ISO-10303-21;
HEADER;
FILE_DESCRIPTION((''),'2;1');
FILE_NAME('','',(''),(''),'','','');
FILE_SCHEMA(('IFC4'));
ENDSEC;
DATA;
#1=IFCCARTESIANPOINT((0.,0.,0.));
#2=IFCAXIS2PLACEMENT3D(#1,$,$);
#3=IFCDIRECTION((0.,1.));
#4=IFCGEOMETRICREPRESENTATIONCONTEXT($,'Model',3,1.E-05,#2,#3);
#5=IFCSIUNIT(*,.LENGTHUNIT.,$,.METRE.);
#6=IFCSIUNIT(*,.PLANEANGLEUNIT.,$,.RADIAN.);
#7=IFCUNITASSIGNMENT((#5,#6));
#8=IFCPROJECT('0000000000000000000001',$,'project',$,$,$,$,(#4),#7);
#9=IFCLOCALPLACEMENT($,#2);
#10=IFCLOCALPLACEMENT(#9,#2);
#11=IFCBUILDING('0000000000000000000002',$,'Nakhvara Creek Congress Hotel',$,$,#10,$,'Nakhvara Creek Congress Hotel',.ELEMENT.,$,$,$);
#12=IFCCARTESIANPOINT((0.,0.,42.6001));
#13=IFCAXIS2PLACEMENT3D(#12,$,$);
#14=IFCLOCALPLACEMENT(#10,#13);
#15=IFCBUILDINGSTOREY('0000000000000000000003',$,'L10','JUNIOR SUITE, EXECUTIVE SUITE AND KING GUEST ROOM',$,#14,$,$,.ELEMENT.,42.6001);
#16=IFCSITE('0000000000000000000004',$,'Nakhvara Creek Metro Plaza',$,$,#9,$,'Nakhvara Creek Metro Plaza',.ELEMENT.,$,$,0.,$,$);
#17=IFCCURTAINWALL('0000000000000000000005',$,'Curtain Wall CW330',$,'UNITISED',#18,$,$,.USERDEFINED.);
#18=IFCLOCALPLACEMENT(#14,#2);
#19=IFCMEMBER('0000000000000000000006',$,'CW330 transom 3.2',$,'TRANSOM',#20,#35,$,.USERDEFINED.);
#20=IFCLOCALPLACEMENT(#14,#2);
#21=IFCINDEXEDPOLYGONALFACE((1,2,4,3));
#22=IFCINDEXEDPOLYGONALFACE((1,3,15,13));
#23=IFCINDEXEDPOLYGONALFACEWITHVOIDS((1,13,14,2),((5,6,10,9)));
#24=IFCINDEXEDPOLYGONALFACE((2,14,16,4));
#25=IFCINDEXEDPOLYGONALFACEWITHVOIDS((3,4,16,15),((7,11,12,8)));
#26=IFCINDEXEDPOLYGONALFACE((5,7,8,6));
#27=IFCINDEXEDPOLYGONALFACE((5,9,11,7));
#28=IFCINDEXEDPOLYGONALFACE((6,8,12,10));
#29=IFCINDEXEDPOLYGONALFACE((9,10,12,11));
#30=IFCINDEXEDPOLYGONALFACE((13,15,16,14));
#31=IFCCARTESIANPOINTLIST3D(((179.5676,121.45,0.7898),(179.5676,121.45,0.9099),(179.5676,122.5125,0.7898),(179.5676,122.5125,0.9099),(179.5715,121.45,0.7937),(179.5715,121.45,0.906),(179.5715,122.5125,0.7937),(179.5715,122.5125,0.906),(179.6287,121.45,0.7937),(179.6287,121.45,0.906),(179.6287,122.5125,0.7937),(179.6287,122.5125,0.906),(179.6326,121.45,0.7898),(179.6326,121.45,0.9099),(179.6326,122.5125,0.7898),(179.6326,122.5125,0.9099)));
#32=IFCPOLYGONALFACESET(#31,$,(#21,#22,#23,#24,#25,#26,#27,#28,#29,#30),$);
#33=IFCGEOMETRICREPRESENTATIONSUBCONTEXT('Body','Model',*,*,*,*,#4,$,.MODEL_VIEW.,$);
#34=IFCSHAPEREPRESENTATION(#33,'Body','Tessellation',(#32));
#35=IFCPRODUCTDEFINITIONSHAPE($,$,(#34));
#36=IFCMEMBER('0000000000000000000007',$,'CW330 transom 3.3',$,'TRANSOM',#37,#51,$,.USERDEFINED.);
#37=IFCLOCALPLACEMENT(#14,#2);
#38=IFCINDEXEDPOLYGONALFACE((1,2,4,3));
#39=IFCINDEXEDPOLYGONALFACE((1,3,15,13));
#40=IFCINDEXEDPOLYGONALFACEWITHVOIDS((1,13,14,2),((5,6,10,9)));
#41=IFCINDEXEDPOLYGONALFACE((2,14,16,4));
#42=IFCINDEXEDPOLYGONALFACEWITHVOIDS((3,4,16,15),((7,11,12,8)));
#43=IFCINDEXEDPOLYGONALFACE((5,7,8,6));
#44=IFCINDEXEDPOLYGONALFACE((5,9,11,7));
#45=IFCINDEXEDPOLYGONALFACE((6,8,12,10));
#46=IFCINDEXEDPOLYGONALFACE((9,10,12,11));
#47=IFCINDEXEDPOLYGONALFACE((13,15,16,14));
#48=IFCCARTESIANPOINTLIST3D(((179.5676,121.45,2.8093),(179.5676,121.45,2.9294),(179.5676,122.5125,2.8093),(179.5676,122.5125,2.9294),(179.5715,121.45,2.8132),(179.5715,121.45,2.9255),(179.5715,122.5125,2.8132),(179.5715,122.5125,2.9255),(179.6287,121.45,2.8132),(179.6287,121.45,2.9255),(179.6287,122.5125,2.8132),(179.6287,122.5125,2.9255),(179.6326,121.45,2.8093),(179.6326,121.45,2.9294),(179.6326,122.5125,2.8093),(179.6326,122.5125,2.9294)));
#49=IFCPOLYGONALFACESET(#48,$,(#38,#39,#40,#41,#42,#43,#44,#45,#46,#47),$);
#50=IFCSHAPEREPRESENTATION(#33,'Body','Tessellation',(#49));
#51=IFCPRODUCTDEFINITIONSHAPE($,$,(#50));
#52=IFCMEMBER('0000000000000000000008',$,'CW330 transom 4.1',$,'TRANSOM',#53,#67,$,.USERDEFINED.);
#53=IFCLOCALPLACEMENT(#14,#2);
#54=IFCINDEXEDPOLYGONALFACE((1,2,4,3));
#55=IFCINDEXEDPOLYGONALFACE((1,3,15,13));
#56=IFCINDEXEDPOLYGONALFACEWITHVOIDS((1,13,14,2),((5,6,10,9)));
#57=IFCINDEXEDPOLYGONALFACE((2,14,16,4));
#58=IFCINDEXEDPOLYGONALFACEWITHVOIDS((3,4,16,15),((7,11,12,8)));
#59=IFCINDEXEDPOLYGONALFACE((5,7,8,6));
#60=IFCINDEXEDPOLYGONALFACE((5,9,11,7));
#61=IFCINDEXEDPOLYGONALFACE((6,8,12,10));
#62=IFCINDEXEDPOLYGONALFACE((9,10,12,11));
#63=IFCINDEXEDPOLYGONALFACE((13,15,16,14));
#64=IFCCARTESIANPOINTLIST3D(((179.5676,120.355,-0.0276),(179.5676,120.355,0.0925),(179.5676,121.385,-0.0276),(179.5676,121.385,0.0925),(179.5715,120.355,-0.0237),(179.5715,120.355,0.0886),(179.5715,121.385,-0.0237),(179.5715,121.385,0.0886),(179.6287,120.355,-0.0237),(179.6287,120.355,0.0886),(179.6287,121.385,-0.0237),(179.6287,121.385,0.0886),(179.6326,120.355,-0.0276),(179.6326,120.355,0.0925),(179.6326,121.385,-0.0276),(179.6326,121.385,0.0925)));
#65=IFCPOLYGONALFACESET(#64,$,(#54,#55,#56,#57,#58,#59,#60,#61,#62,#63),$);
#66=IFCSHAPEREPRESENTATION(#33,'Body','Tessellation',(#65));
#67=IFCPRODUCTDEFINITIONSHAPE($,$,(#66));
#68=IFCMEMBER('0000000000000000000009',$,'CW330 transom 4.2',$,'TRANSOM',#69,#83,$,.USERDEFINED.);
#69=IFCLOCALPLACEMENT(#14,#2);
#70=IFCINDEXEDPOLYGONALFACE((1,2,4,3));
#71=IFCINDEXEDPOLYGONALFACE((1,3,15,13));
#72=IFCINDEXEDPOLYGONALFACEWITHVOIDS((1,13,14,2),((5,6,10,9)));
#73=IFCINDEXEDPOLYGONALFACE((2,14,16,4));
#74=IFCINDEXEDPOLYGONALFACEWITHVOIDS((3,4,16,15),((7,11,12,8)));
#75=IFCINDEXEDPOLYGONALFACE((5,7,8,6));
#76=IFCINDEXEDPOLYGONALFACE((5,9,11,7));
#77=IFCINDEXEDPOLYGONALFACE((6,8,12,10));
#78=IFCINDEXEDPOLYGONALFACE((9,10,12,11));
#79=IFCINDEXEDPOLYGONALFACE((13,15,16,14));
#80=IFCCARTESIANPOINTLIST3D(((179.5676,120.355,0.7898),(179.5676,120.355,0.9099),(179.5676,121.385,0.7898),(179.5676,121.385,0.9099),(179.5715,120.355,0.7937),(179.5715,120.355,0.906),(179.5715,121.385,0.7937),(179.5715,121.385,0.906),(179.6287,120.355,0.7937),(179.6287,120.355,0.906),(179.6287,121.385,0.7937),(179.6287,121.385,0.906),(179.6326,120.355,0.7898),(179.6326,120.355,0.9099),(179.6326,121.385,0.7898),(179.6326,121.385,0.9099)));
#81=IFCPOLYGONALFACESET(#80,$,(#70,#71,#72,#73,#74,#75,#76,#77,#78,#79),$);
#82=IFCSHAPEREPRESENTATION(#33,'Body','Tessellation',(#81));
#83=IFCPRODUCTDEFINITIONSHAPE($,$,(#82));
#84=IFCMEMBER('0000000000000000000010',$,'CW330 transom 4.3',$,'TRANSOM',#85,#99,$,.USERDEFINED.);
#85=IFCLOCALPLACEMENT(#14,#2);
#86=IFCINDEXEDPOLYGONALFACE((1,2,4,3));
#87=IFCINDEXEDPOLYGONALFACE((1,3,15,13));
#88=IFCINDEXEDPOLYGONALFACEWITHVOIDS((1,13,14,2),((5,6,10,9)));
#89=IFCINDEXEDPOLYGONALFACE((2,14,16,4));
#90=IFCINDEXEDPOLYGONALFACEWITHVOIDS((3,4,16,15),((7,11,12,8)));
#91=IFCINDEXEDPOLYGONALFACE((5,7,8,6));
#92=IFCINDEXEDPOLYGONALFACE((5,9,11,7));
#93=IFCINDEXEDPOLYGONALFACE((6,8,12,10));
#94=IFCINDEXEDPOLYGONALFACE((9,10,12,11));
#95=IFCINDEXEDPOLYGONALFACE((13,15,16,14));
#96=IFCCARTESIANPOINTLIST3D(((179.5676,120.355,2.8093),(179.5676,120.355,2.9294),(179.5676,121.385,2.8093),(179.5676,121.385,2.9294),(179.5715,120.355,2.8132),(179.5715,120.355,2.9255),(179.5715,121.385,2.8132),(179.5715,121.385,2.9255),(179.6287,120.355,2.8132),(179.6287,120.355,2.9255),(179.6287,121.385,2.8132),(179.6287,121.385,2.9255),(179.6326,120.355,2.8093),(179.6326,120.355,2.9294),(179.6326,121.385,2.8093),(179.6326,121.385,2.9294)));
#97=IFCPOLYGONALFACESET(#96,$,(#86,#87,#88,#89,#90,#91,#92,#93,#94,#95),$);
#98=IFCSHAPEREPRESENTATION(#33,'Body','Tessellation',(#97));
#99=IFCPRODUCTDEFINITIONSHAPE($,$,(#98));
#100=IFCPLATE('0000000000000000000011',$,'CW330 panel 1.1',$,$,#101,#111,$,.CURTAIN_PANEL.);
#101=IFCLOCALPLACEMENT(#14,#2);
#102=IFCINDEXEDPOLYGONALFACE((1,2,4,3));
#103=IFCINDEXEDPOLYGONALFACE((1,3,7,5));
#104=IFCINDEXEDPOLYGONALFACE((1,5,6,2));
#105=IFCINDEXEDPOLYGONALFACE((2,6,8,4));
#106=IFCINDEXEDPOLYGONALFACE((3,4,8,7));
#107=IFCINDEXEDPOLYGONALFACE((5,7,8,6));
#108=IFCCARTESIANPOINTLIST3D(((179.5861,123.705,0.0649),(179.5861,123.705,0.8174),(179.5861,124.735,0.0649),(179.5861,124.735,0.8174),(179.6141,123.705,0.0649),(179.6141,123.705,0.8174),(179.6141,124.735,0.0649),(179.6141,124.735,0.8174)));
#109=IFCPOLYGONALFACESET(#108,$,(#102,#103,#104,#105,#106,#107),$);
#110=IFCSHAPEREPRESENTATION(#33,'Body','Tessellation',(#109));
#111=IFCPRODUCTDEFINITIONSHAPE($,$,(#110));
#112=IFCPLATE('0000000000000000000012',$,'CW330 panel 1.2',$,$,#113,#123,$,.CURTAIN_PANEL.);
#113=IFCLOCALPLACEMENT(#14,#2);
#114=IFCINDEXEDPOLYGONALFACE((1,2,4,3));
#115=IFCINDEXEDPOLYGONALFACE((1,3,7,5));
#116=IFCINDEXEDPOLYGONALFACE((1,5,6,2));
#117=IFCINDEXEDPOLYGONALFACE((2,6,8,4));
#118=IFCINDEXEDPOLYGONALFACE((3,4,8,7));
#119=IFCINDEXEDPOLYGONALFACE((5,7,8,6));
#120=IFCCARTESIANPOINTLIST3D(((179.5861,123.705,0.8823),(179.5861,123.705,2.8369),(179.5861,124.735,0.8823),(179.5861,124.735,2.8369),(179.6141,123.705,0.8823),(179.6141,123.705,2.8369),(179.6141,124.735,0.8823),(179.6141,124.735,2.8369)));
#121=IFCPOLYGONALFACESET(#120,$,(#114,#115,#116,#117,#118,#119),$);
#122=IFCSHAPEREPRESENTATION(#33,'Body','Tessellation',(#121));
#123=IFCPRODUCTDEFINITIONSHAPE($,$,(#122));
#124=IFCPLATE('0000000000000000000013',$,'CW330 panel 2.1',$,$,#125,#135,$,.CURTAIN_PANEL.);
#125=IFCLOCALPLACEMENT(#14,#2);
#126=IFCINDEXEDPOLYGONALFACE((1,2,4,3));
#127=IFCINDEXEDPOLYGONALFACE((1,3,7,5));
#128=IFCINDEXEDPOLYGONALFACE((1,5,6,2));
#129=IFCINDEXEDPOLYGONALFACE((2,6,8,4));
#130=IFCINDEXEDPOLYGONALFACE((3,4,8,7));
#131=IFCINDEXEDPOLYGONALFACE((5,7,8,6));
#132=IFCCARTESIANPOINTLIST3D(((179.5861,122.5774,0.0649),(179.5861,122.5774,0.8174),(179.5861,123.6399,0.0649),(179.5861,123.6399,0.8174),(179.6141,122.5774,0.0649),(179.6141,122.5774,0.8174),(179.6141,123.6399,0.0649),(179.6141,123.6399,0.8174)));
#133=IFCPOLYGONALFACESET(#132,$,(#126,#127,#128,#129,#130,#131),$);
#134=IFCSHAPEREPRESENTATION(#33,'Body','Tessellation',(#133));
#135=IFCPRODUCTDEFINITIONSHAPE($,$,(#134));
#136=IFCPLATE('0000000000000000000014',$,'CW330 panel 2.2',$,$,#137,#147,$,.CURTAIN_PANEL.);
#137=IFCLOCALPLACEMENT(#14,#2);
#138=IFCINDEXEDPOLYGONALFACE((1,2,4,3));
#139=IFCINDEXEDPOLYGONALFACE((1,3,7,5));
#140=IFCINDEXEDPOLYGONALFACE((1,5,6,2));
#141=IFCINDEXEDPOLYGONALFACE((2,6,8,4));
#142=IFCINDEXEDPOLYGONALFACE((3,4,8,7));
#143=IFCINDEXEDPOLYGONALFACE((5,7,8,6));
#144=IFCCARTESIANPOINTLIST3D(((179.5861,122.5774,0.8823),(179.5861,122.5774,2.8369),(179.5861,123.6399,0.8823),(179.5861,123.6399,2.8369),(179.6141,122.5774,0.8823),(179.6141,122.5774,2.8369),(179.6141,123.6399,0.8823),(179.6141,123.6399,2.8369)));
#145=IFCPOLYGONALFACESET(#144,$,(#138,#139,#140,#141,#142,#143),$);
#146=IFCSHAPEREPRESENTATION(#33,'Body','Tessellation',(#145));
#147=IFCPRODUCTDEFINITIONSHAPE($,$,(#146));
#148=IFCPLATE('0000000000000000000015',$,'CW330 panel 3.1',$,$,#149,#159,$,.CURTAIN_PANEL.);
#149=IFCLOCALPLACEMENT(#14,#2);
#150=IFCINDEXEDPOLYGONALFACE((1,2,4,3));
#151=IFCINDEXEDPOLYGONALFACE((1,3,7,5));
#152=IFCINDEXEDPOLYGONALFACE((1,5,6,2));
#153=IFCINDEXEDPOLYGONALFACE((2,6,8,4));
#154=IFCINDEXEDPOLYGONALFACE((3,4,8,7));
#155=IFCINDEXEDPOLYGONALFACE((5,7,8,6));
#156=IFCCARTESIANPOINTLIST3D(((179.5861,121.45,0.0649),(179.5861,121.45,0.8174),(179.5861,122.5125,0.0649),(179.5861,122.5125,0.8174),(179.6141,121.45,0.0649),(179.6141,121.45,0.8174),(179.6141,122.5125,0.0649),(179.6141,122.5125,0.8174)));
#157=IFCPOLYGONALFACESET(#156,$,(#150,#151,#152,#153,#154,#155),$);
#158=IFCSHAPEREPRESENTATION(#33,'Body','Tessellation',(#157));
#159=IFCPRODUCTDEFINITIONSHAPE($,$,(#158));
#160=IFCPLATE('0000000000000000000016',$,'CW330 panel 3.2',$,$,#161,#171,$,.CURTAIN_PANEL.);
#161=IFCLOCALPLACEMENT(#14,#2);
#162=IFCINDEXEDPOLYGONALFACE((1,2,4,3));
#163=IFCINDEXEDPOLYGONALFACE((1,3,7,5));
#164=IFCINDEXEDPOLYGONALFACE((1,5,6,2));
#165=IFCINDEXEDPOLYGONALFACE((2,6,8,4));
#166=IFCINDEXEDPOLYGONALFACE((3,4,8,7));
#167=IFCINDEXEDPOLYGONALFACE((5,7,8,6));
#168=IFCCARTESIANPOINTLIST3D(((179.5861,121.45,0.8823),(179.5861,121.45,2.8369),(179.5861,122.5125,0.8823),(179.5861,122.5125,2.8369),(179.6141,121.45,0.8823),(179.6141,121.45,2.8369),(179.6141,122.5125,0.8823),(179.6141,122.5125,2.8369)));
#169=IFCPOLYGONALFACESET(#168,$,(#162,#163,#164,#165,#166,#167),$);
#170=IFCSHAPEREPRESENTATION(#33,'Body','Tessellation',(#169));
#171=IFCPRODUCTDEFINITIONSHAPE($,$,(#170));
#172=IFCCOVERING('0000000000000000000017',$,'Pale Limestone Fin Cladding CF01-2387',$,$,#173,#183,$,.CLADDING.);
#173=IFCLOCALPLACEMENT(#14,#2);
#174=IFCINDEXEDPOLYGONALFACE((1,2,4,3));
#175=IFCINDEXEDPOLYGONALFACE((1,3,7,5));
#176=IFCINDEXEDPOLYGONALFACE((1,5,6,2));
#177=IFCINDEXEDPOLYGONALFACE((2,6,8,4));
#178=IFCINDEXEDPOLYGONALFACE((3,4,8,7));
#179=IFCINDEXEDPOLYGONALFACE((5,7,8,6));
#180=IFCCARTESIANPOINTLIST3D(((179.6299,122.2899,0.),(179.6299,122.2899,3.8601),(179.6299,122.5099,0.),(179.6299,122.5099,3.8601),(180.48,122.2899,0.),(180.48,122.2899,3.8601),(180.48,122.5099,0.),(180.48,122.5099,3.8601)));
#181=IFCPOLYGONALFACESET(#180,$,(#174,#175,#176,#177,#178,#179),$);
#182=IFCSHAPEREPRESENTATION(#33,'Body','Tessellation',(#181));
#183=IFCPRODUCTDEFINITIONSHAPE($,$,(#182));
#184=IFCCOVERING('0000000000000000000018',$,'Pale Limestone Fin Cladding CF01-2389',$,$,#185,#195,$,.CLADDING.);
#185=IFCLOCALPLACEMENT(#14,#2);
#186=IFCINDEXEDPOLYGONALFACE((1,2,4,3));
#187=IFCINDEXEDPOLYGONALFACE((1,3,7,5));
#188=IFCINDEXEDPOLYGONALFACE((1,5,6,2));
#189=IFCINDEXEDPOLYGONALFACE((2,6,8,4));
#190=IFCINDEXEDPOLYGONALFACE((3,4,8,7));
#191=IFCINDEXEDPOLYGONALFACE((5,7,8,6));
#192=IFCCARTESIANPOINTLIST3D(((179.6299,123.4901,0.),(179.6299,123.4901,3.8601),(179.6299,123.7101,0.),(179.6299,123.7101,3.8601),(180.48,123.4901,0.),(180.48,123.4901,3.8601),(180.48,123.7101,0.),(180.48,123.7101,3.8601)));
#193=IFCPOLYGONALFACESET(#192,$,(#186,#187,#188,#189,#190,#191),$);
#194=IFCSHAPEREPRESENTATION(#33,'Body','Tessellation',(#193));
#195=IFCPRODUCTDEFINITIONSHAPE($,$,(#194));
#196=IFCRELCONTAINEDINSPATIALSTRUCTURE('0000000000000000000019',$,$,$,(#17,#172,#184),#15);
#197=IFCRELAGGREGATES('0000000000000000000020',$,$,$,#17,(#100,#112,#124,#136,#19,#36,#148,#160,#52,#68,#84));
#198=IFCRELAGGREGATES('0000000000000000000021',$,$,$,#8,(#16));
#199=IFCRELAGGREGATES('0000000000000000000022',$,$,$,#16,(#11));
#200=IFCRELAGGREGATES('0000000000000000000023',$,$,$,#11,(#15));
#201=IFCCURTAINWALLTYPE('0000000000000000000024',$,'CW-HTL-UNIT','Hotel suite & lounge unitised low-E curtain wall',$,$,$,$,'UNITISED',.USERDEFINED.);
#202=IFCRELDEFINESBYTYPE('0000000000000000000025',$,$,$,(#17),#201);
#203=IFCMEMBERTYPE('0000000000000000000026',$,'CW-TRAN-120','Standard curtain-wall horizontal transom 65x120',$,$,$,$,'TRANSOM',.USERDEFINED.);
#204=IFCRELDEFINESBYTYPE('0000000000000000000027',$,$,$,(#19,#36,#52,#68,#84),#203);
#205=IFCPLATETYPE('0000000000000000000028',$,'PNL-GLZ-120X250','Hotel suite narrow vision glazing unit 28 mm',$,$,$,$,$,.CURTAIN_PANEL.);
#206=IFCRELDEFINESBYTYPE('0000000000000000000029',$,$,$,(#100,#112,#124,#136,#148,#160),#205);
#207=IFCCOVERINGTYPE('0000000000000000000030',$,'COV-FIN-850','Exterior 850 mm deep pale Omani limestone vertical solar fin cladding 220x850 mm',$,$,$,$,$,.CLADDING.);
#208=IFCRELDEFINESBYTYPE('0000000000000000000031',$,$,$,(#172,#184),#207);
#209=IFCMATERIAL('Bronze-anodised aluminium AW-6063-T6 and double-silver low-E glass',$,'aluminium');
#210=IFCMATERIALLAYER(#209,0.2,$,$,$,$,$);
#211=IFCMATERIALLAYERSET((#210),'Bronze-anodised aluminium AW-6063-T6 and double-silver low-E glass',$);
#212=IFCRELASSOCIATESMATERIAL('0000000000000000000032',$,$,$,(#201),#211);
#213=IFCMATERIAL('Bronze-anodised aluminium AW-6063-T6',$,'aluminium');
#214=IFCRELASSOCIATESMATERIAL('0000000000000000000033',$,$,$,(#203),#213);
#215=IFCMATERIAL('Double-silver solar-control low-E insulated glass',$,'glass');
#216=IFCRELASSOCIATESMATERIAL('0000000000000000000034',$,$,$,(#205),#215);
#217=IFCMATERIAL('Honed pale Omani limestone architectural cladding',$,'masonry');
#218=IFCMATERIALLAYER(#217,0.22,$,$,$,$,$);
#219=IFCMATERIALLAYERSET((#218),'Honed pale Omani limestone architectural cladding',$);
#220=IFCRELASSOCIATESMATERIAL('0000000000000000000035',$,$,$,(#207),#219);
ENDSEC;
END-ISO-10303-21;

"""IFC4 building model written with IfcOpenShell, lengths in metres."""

from ifc_helpers import new_model, si_unit, direction, frame, origin, origin_2d, place, context, subcontext, project, spatial, rectangle, hollow_rectangle, extrude, material, layer, layer_set, material_profile, profile_set, type_object, element, aggregate, save


model = new_model("IFC4")

# Units and contexts
model_context = context("Model", 3, precision=1e-05, world=origin(), true_north=direction((0.0, 1.0)))
body_context = subcontext(model_context, "Body", "Model", "MODEL_VIEW")
ifc_project = project(units=[si_unit("LENGTHUNIT", "METRE"), si_unit("PLANEANGLEUNIT", "RADIAN")], contexts=[model_context])

# Site, building, storey
site_placement = place(None, origin())
site = spatial("IfcSite", under=ifc_project, at=site_placement, Name="Nakhvara Creek Metro Plaza", LongName="Nakhvara Creek Metro Plaza", CompositionType="ELEMENT", RefElevation=0.0)
building_placement = place(site_placement, origin())
building = spatial("IfcBuilding", under=site, at=building_placement, Name="Nakhvara Creek Congress Hotel", LongName="Nakhvara Creek Congress Hotel", CompositionType="ELEMENT")
storey_placement = place(building_placement, frame((0.0, 0.0, 42.6001)))
storey = spatial("IfcBuildingStorey", under=building, at=storey_placement, Name="L10", Description="JUNIOR SUITE, EXECUTIVE SUITE AND KING GUEST ROOM", CompositionType="ELEMENT", Elevation=42.6001)

# Curtain wall, members, plates
ifc_material_1 = material(Name="Bronze-anodised aluminium AW-6063-T6 and double-silver low-E glass", Category="aluminium")
ifc_layer_1 = layer(ifc_material_1, 0.2)
ifc_layer_set_1 = layer_set([ifc_layer_1], Name="Bronze-anodised aluminium AW-6063-T6 and double-silver low-E glass")
curtain_wall_type = type_object("IfcCurtainWallType", Name="CW-HTL-UNIT", Description="Hotel suite & lounge unitised low-E curtain wall", ElementType="UNITISED", PredefinedType="USERDEFINED", material=ifc_layer_set_1)
curtain_wall_placement = place(storey_placement, origin())
curtain_wall = element("IfcCurtainWall", 1, at=curtain_wall_placement, inside=storey, type_object=curtain_wall_type, Name="Curtain Wall CW330", ObjectType="UNITISED", PredefinedType="USERDEFINED")
ifc_material_2 = material(Name="Bronze-anodised aluminium AW-6063-T6", Category="aluminium")
ifc_material_profile_1 = material_profile(ifc_material_2, hollow_rectangle(XDim=0.0649, YDim=0.1201, WallThickness=0.0039, at=origin_2d()), Name="ALU-TRAN 65x120x4", Category="LoadBearing")
ifc_profile_set_1 = profile_set([ifc_material_profile_1], Name="Bronze-anodised aluminium AW-6063-T6")
member_type_1 = type_object("IfcMemberType", Name="CW-TRAN-120", Description="Standard curtain-wall horizontal transom 65x120", ElementType="TRANSOM", PredefinedType="USERDEFINED", material=ifc_profile_set_1)
member_1_placement = place(storey_placement, frame((179.6001, 122.5125, 0.8499), z_axis=(0.0, -1.0, 0.0), x_axis=(1.0, 0.0, 0.0)))
member_1 = element("IfcMember", 2, at=member_1_placement, type_object=member_type_1, Name="CW330 transom 3.2", ObjectType="TRANSOM", PredefinedType="USERDEFINED", context=body_context, shape_type="SweptSolid", body=[
    extrude(hollow_rectangle(XDim=0.0649, YDim=0.1201, WallThickness=0.0039, at=origin_2d()), origin(), (0.0, 0.0, 1.0), 1.0625),
])
member_2_placement = place(storey_placement, frame((179.6001, 122.5125, 2.8694), z_axis=(0.0, -1.0, 0.0), x_axis=(1.0, 0.0, 0.0)))
member_2 = element("IfcMember", 3, at=member_2_placement, type_object=member_type_1, Name="CW330 transom 3.3", ObjectType="TRANSOM", PredefinedType="USERDEFINED", context=body_context, shape_type="SweptSolid", body=[
    extrude(hollow_rectangle(XDim=0.0649, YDim=0.1201, WallThickness=0.0039, at=origin_2d()), origin(), (0.0, 0.0, 1.0), 1.0625),
])
member_3_placement = place(storey_placement, frame((179.6001, 121.385, 0.0325), z_axis=(0.0, -1.0, 0.0), x_axis=(1.0, 0.0, 0.0)))
member_3 = element("IfcMember", 4, at=member_3_placement, type_object=member_type_1, Name="CW330 transom 4.1", ObjectType="TRANSOM", PredefinedType="USERDEFINED", context=body_context, shape_type="SweptSolid", body=[
    extrude(hollow_rectangle(XDim=0.0649, YDim=0.1201, WallThickness=0.0039, at=origin_2d()), origin(), (0.0, 0.0, 1.0), 1.03),
])
member_4_placement = place(storey_placement, frame((179.6001, 121.385, 0.8499), z_axis=(0.0, -1.0, 0.0), x_axis=(1.0, 0.0, 0.0)))
member_4 = element("IfcMember", 5, at=member_4_placement, type_object=member_type_1, Name="CW330 transom 4.2", ObjectType="TRANSOM", PredefinedType="USERDEFINED", context=body_context, shape_type="SweptSolid", body=[
    extrude(hollow_rectangle(XDim=0.0649, YDim=0.1201, WallThickness=0.0039, at=origin_2d()), origin(), (0.0, 0.0, 1.0), 1.03),
])
member_5_placement = place(storey_placement, frame((179.6001, 121.385, 2.8694), z_axis=(0.0, -1.0, 0.0), x_axis=(1.0, 0.0, 0.0)))
member_5 = element("IfcMember", 6, at=member_5_placement, type_object=member_type_1, Name="CW330 transom 4.3", ObjectType="TRANSOM", PredefinedType="USERDEFINED", context=body_context, shape_type="SweptSolid", body=[
    extrude(hollow_rectangle(XDim=0.0649, YDim=0.1201, WallThickness=0.0039, at=origin_2d()), origin(), (0.0, 0.0, 1.0), 1.03),
])
ifc_material_3 = material(Name="Double-silver solar-control low-E insulated glass", Category="glass")
plate_type = type_object("IfcPlateType", Name="PNL-GLZ-120X250", Description="Hotel suite narrow vision glazing unit 28 mm", PredefinedType="CURTAIN_PANEL", material=ifc_material_3)
plate_1_placement = place(storey_placement, frame((179.6001, 124.22, 0.0649), z_axis=(0.0, 0.0, 1.0), x_axis=(0.0, -1.0, 0.0)))
plate_1 = element("IfcPlate", 7, at=plate_1_placement, type_object=plate_type, Name="CW330 panel 1.1", PredefinedType="CURTAIN_PANEL", context=body_context, shape_type="SweptSolid", body=[
    extrude(rectangle(XDim=1.03, YDim=0.0281, at=origin_2d()), origin(), (0.0, 0.0, 1.0), 0.7524),
])
plate_2_placement = place(storey_placement, frame((179.6001, 124.22, 0.8823), z_axis=(0.0, 0.0, 1.0), x_axis=(0.0, -1.0, 0.0)))
plate_2 = element("IfcPlate", 8, at=plate_2_placement, type_object=plate_type, Name="CW330 panel 1.2", PredefinedType="CURTAIN_PANEL", context=body_context, shape_type="SweptSolid", body=[
    extrude(rectangle(XDim=1.03, YDim=0.0281, at=origin_2d()), origin(), (0.0, 0.0, 1.0), 1.9546),
])
plate_3_placement = place(storey_placement, frame((179.6001, 123.1086, 0.0649), z_axis=(0.0, 0.0, 1.0), x_axis=(0.0, -1.0, 0.0)))
plate_3 = element("IfcPlate", 9, at=plate_3_placement, type_object=plate_type, Name="CW330 panel 2.1", PredefinedType="CURTAIN_PANEL", context=body_context, shape_type="SweptSolid", body=[
    extrude(rectangle(XDim=1.0625, YDim=0.0281, at=origin_2d()), origin(), (0.0, 0.0, 1.0), 0.7524),
])
plate_4_placement = place(storey_placement, frame((179.6001, 123.1086, 0.8823), z_axis=(0.0, 0.0, 1.0), x_axis=(0.0, -1.0, 0.0)))
plate_4 = element("IfcPlate", 10, at=plate_4_placement, type_object=plate_type, Name="CW330 panel 2.2", PredefinedType="CURTAIN_PANEL", context=body_context, shape_type="SweptSolid", body=[
    extrude(rectangle(XDim=1.0625, YDim=0.0281, at=origin_2d()), origin(), (0.0, 0.0, 1.0), 1.9546),
])
plate_5_placement = place(storey_placement, frame((179.6001, 121.9812, 0.0649), z_axis=(0.0, 0.0, 1.0), x_axis=(0.0, -1.0, 0.0)))
plate_5 = element("IfcPlate", 11, at=plate_5_placement, type_object=plate_type, Name="CW330 panel 3.1", PredefinedType="CURTAIN_PANEL", context=body_context, shape_type="SweptSolid", body=[
    extrude(rectangle(XDim=1.0625, YDim=0.0281, at=origin_2d()), origin(), (0.0, 0.0, 1.0), 0.7524),
])
plate_6_placement = place(storey_placement, frame((179.6001, 121.9812, 0.8823), z_axis=(0.0, 0.0, 1.0), x_axis=(0.0, -1.0, 0.0)))
plate_6 = element("IfcPlate", 12, at=plate_6_placement, type_object=plate_type, Name="CW330 panel 3.2", PredefinedType="CURTAIN_PANEL", context=body_context, shape_type="SweptSolid", body=[
    extrude(rectangle(XDim=1.0625, YDim=0.0281, at=origin_2d()), origin(), (0.0, 0.0, 1.0), 1.9546),
])
aggregate(curtain_wall, [plate_1, plate_2, plate_3, plate_4, member_1, member_2, plate_5, plate_6, member_3, member_4, member_5])

# Coverings
ifc_material_4 = material(Name="Honed pale Omani limestone architectural cladding", Category="masonry")
ifc_layer_2 = layer(ifc_material_4, 0.22)
ifc_layer_set_2 = layer_set([ifc_layer_2], Name="Honed pale Omani limestone architectural cladding")
covering_type = type_object("IfcCoveringType", Name="COV-FIN-850", Description="Exterior 850 mm deep pale Omani limestone vertical solar fin cladding 220x850 mm", PredefinedType="CLADDING", material=ifc_layer_set_2)
for number, where, z_axis, x_axis, name in (
    (13, (180.0549, 122.3999, 0.0), (0.0, 0.0, 1.0), (0.0, 1.0, 0.0), "Pale Limestone Fin Cladding CF01-2387"),
    (14, (180.0549, 123.6001, 0.0), (0.0, 0.0, 1.0), (0.0, 1.0, 0.0), "Pale Limestone Fin Cladding CF01-2389"),
):
    element("IfcCovering", number, at=place(storey_placement, frame(where, z_axis=z_axis, x_axis=x_axis)), inside=storey, type_object=covering_type, Name=name, PredefinedType="CLADDING", context=body_context, shape_type="SweptSolid", body=[
        extrude(rectangle(XDim=0.22, YDim=0.8501, at=origin_2d()), origin(), (0.0, 0.0, 1.0), 3.8601),
    ])

save(model, "model.ifc")
